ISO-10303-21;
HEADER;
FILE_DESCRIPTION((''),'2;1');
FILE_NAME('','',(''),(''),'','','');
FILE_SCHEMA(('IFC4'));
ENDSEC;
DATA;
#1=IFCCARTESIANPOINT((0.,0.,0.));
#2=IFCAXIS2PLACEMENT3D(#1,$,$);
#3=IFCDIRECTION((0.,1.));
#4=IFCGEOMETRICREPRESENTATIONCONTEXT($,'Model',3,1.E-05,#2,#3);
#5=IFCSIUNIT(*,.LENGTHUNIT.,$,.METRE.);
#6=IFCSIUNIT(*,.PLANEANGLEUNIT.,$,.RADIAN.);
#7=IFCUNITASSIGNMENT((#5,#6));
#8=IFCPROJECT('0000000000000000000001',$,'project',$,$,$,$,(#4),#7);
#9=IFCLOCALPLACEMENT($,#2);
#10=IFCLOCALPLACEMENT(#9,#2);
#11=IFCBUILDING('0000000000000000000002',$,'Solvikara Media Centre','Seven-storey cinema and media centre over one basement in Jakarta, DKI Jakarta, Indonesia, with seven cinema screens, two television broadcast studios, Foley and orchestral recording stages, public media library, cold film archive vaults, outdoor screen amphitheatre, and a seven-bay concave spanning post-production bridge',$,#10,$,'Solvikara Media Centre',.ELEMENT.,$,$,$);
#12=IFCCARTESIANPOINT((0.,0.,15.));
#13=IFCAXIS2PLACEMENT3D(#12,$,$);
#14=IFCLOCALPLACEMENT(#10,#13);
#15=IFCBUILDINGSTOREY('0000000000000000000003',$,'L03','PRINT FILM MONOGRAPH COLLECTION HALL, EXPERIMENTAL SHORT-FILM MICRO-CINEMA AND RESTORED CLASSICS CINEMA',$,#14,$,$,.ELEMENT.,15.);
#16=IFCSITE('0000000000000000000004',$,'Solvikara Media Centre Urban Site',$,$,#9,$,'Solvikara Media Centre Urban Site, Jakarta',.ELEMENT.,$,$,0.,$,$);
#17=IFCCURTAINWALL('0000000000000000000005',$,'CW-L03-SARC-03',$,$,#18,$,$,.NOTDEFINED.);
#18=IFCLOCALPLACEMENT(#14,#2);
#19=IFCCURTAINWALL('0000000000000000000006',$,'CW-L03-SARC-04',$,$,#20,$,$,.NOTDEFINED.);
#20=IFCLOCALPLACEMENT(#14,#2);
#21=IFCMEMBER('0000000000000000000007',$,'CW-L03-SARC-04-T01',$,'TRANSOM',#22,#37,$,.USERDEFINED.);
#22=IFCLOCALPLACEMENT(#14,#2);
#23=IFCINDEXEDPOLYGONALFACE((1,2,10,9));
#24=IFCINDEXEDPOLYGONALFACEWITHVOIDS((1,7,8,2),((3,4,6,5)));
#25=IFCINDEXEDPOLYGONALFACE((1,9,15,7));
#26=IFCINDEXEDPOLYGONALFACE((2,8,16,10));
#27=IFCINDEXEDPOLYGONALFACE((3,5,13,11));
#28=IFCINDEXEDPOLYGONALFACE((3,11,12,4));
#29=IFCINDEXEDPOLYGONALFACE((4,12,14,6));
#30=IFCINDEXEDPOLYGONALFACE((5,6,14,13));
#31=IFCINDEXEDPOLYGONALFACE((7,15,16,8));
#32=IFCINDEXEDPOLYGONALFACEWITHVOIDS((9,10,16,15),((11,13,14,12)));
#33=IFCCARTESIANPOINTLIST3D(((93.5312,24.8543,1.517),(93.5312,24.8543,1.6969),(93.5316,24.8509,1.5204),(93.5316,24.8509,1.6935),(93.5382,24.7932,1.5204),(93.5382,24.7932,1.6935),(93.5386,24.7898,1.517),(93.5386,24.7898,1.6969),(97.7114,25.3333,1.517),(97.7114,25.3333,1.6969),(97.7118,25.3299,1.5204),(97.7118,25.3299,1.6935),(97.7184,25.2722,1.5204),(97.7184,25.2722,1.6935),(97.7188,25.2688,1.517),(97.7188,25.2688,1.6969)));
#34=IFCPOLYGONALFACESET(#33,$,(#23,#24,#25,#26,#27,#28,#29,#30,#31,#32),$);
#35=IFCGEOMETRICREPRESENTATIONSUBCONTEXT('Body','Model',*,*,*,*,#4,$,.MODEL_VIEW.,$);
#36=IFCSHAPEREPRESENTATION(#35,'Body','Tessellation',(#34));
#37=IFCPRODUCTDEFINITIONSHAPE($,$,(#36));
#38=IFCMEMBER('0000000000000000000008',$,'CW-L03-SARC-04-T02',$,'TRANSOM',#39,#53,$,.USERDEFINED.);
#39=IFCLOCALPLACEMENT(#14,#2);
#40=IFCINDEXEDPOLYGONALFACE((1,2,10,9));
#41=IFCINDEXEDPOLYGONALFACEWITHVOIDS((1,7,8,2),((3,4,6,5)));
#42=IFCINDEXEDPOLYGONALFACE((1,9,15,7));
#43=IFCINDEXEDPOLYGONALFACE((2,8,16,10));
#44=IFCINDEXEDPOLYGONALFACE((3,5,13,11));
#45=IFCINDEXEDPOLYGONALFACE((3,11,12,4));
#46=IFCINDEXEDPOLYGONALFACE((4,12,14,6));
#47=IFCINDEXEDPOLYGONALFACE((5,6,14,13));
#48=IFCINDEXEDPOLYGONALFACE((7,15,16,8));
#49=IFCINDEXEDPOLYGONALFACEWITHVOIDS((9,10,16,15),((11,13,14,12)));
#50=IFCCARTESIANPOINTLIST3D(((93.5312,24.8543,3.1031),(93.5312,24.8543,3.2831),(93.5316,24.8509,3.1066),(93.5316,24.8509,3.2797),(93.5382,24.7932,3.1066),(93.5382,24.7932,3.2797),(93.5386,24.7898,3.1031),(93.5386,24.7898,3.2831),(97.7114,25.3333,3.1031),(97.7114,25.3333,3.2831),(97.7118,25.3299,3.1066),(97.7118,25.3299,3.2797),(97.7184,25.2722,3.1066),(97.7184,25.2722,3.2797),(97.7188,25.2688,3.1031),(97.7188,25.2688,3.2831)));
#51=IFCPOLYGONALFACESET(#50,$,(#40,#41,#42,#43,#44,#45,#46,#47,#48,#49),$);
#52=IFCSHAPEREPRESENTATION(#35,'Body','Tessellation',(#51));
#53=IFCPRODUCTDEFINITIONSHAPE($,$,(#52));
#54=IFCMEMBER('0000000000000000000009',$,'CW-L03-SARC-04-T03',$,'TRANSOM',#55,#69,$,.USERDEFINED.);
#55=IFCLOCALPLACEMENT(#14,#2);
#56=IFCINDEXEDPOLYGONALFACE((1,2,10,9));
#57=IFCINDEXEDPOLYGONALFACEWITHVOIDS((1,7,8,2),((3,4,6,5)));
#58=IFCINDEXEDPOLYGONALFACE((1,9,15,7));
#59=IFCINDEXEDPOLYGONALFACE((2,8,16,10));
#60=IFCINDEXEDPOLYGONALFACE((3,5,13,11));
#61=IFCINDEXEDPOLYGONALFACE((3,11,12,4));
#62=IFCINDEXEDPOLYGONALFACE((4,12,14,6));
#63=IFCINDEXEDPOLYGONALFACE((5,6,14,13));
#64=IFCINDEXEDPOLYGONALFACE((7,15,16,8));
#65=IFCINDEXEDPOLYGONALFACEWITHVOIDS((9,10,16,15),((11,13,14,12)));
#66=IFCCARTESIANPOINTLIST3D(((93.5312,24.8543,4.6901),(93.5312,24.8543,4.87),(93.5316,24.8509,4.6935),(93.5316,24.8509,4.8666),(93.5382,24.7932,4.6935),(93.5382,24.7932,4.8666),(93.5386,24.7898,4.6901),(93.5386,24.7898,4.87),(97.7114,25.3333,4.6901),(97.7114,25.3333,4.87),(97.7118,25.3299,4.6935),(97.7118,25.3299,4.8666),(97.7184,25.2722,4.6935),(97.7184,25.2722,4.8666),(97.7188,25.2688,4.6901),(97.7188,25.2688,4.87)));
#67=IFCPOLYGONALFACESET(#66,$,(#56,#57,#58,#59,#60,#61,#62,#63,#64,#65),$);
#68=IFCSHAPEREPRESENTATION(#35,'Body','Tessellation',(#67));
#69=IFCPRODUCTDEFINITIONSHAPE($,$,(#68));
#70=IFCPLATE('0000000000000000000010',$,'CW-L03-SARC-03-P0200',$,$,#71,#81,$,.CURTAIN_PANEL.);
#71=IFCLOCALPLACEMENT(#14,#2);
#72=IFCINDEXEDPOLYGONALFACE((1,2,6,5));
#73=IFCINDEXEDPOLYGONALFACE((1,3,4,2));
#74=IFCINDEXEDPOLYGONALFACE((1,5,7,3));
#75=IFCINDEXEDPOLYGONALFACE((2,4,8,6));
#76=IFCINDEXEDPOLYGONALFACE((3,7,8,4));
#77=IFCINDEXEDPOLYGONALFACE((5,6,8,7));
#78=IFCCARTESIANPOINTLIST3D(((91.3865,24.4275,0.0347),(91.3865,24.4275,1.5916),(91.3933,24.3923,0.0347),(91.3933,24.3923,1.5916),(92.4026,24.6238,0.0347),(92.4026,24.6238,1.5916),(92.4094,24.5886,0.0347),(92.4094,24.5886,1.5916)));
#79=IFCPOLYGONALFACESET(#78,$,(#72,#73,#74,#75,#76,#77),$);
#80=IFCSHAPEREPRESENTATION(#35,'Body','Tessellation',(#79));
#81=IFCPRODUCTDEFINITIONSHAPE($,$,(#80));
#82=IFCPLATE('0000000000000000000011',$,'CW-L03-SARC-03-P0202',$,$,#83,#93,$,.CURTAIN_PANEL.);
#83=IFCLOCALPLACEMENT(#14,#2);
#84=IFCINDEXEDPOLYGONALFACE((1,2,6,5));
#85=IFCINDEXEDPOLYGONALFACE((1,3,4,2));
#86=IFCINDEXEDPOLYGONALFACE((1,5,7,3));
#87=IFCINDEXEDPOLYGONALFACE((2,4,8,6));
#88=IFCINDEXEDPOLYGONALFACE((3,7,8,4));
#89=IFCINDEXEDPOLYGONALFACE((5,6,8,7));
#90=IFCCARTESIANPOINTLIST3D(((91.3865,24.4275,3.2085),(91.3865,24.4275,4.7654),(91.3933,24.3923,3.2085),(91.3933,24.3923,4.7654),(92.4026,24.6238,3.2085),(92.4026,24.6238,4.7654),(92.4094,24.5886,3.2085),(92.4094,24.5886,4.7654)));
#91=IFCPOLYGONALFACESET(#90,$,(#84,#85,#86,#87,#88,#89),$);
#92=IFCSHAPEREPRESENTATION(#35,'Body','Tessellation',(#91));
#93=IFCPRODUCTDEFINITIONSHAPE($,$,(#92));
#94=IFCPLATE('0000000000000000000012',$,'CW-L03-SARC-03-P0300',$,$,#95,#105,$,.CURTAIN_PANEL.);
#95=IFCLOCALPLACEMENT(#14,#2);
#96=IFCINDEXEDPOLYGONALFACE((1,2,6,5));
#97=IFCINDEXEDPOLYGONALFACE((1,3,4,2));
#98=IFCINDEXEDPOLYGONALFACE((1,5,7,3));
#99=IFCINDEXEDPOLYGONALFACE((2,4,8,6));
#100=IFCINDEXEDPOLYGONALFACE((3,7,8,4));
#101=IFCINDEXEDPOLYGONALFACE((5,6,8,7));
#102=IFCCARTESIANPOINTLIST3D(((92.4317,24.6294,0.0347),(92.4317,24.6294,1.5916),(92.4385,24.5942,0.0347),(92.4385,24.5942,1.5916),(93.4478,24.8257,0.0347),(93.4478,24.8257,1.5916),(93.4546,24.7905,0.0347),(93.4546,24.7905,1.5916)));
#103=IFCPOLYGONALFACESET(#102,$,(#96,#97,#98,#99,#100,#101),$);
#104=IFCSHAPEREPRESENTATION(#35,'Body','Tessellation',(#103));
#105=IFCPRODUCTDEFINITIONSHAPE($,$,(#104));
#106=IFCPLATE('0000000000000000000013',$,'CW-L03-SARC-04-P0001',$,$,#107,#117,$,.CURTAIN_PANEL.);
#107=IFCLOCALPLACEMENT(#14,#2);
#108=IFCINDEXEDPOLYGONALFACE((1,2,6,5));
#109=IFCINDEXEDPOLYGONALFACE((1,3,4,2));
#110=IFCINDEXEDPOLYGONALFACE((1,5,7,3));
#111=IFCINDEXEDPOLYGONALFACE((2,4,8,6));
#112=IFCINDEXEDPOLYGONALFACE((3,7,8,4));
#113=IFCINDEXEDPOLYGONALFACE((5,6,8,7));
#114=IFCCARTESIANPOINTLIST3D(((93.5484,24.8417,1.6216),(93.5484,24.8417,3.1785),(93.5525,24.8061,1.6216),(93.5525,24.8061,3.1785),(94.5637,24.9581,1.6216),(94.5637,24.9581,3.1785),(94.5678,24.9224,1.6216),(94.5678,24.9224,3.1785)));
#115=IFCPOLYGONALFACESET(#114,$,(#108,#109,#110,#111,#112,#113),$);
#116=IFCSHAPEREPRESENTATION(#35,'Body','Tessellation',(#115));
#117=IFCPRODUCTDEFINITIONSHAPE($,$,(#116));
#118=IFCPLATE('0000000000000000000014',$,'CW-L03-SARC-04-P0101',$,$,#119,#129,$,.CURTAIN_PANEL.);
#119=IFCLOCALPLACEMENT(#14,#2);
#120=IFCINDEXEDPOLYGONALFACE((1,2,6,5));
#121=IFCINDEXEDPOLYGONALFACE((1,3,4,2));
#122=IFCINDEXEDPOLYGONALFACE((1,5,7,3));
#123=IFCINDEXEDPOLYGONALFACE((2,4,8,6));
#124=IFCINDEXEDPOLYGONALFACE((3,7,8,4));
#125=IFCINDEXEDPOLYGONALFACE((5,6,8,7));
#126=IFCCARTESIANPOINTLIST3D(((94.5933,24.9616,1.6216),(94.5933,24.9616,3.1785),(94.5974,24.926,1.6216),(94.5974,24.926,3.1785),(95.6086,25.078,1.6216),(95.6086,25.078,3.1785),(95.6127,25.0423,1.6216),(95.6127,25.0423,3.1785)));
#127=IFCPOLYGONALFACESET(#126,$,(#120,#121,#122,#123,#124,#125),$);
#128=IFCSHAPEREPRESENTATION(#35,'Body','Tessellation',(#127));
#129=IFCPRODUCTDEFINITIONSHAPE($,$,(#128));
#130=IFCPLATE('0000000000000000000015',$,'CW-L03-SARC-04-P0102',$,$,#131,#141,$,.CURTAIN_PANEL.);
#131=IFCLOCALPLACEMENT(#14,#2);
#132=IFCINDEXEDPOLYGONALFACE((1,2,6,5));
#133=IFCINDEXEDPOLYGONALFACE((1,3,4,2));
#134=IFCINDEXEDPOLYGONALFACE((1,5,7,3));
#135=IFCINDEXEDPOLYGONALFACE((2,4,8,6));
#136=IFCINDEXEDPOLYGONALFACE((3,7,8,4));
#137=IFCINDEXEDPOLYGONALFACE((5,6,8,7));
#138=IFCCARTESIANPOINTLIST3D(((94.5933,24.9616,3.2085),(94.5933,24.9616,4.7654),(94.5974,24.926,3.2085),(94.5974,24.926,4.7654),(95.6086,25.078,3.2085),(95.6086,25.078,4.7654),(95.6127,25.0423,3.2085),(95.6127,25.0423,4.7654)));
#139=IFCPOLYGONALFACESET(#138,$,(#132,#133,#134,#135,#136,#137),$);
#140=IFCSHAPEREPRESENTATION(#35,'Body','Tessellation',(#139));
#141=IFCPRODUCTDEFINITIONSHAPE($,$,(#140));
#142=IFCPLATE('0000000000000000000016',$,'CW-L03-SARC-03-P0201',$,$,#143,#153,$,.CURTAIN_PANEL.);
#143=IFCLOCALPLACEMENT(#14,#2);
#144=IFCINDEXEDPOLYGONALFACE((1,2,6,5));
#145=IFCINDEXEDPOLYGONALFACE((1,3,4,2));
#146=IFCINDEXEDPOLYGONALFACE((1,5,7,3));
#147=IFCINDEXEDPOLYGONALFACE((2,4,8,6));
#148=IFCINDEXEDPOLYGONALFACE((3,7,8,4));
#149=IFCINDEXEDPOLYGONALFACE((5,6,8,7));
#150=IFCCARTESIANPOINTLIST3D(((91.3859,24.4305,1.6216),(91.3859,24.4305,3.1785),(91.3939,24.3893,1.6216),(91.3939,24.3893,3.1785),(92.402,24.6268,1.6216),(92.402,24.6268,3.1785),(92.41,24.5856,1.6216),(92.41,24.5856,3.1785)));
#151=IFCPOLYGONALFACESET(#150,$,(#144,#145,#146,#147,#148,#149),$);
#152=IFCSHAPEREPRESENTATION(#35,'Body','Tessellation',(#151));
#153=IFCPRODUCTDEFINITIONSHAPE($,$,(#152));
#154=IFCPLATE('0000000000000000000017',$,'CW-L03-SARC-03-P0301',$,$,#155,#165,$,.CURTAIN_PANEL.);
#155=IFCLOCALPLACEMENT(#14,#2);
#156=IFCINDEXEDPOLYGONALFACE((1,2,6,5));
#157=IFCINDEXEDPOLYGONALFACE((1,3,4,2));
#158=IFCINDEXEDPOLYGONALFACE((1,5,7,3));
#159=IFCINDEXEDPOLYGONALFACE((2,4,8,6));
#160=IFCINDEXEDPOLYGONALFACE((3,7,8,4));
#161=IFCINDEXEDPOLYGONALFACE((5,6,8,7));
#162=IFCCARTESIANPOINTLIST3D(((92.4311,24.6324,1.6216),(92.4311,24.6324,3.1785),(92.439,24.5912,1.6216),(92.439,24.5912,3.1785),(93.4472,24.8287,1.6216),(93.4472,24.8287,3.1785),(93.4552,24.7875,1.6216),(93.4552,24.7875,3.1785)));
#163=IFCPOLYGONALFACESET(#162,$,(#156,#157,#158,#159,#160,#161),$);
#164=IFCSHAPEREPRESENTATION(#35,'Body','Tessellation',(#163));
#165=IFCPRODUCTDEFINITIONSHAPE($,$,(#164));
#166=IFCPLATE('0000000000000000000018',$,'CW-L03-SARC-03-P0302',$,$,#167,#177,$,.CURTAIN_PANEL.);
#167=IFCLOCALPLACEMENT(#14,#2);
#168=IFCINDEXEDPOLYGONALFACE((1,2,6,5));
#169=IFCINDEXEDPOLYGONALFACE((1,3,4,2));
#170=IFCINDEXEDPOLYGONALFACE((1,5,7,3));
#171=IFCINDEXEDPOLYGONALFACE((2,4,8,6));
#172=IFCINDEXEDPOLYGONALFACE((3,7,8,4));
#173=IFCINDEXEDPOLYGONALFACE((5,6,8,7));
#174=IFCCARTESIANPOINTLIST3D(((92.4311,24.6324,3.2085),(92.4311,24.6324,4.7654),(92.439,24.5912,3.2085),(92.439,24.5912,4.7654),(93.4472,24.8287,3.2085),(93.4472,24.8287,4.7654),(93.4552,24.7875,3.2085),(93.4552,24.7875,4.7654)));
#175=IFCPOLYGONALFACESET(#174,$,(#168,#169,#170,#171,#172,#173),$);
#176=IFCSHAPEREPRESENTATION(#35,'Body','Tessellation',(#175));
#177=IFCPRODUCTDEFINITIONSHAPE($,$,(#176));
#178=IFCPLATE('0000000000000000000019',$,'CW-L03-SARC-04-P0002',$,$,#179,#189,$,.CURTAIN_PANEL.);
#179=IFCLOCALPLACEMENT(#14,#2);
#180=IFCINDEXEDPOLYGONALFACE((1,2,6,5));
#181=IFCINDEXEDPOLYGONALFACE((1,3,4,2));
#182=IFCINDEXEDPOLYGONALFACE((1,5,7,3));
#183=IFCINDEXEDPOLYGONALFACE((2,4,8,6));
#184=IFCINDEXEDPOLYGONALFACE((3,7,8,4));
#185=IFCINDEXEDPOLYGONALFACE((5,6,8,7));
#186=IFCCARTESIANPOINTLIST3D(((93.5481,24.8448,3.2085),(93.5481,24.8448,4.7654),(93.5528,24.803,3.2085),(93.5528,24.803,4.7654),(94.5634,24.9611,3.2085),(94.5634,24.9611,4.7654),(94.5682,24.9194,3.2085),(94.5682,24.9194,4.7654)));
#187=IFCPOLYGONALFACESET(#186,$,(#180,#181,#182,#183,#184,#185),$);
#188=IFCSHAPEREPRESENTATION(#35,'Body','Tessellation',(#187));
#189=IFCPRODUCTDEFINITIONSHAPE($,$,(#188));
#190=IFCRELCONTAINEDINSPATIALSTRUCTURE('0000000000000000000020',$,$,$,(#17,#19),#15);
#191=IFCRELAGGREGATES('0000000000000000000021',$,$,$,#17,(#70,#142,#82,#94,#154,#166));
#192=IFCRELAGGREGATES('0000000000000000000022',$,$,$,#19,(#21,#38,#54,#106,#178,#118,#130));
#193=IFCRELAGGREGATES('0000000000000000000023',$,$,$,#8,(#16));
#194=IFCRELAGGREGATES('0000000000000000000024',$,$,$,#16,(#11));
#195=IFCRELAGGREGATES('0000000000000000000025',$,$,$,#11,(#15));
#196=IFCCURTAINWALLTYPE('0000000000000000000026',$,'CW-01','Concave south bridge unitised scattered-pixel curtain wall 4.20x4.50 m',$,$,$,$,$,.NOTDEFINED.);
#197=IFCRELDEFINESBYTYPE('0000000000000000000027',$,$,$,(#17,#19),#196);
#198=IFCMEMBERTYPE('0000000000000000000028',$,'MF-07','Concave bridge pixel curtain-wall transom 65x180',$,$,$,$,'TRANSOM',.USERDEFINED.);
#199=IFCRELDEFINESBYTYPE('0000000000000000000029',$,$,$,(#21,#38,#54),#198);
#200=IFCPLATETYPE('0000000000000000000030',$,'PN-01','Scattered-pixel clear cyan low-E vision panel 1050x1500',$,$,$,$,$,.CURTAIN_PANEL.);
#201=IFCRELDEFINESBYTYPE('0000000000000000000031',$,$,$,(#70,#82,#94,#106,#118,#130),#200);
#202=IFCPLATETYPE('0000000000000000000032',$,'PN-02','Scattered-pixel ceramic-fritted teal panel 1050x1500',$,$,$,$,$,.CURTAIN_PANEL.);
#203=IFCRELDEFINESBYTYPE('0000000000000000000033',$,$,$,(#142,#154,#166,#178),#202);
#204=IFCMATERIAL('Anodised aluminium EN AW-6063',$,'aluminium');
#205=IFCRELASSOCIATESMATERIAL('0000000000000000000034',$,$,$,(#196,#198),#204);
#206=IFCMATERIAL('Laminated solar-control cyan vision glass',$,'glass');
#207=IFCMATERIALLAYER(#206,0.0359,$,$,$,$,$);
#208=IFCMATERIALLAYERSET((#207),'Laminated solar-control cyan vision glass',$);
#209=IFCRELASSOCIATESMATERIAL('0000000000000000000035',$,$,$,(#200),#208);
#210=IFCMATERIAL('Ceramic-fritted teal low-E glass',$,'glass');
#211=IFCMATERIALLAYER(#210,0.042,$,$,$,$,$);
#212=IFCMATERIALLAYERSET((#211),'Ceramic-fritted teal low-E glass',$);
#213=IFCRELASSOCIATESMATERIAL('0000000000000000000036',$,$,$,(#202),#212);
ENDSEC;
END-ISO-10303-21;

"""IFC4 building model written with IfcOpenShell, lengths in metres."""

from ifc_helpers import new_model, si_unit, direction, frame, origin, origin_2d, place, context, subcontext, project, spatial, rectangle, hollow_rectangle, extrude, material, layer, layer_set, material_profile, profile_set, type_object, element, aggregate, save


model = new_model("IFC4")

# Units and contexts
model_context = context("Model", 3, precision=1e-05, world=origin(), true_north=direction((0.0, 1.0)))
body_context = subcontext(model_context, "Body", "Model", "MODEL_VIEW")
ifc_project = project(units=[si_unit("LENGTHUNIT", "METRE"), si_unit("PLANEANGLEUNIT", "RADIAN")], contexts=[model_context])

# Site, building, storey
site_placement = place(None, origin())
site = spatial("IfcSite", under=ifc_project, at=site_placement, Name="Solvikara Media Centre Urban Site", LongName="Solvikara Media Centre Urban Site, Jakarta", CompositionType="ELEMENT", RefElevation=0.0)
building_placement = place(site_placement, origin())
building = spatial("IfcBuilding", under=site, at=building_placement, Name="Solvikara Media Centre", Description="Seven-storey cinema and media centre over one basement in Jakarta, DKI Jakarta, Indonesia, with seven cinema screens, two television broadcast studios, Foley and orchestral recording stages, public media library, cold film archive vaults, outdoor screen amphitheatre, and a seven-bay concave spanning post-production bridge", LongName="Solvikara Media Centre", CompositionType="ELEMENT")
storey_placement = place(building_placement, frame((0.0, 0.0, 15.0)))
storey = spatial("IfcBuildingStorey", under=building, at=storey_placement, Name="L03", Description="PRINT FILM MONOGRAPH COLLECTION HALL, EXPERIMENTAL SHORT-FILM MICRO-CINEMA AND RESTORED CLASSICS CINEMA", CompositionType="ELEMENT", Elevation=15.0)

# Curtain walls, members
ifc_material_1 = material(Name="Anodised aluminium EN AW-6063", Category="aluminium")
curtain_wall_type = type_object("IfcCurtainWallType", Name="CW-01", Description="Concave south bridge unitised scattered-pixel curtain wall 4.20x4.50 m", PredefinedType="NOTDEFINED", material=ifc_material_1)
curtain_wall_1_placement = place(storey_placement, origin())
curtain_wall_1 = element("IfcCurtainWall", 1, at=curtain_wall_1_placement, inside=storey, type_object=curtain_wall_type, Name="CW-L03-SARC-03", PredefinedType="NOTDEFINED")
curtain_wall_2_placement = place(storey_placement, origin())
curtain_wall_2 = element("IfcCurtainWall", 2, at=curtain_wall_2_placement, inside=storey, type_object=curtain_wall_type, Name="CW-L03-SARC-04", PredefinedType="NOTDEFINED")
ifc_material_profile_1 = material_profile(ifc_material_1, hollow_rectangle(XDim=0.0649, YDim=0.1799, WallThickness=0.0034, at=origin_2d()), Name="ALU-T 65x180x3.5")
ifc_profile_set_1 = profile_set([ifc_material_profile_1], Name="Anodised aluminium EN AW-6063")
member_type_1 = type_object("IfcMemberType", Name="MF-07", Description="Concave bridge pixel curtain-wall transom 65x180", ElementType="TRANSOM", PredefinedType="USERDEFINED", material=ifc_profile_set_1)
member_1_placement = place(storey_placement, frame((93.5349, 24.822, 1.6069), z_axis=(0.993499, 0.113844, 0.0), x_axis=(-0.113844, 0.993499, 0.0)))
member_1 = element("IfcMember", 3, at=member_1_placement, type_object=member_type_1, Name="CW-L03-SARC-04-T01", ObjectType="TRANSOM", PredefinedType="USERDEFINED", context=body_context, shape_type="SweptSolid", body=[
    extrude(hollow_rectangle(XDim=0.0649, YDim=0.1799, WallThickness=0.0034, at=origin_2d()), origin(), (0.0, 0.0, 1.0), 4.2075),
])
member_2_placement = place(storey_placement, frame((93.5349, 24.822, 3.1931), z_axis=(0.993499, 0.113844, 0.0), x_axis=(-0.113844, 0.993499, 0.0)))
member_2 = element("IfcMember", 4, at=member_2_placement, type_object=member_type_1, Name="CW-L03-SARC-04-T02", ObjectType="TRANSOM", PredefinedType="USERDEFINED", context=body_context, shape_type="SweptSolid", body=[
    extrude(hollow_rectangle(XDim=0.0649, YDim=0.1799, WallThickness=0.0034, at=origin_2d()), origin(), (0.0, 0.0, 1.0), 4.2075),
])
member_3_placement = place(storey_placement, frame((93.5349, 24.822, 4.78), z_axis=(0.993499, 0.113844, 0.0), x_axis=(-0.113844, 0.993499, 0.0)))
member_3 = element("IfcMember", 5, at=member_3_placement, type_object=member_type_1, Name="CW-L03-SARC-04-T03", ObjectType="TRANSOM", PredefinedType="USERDEFINED", context=body_context, shape_type="SweptSolid", body=[
    extrude(hollow_rectangle(XDim=0.0649, YDim=0.1799, WallThickness=0.0034, at=origin_2d()), origin(), (0.0, 0.0, 1.0), 4.2075),
])

# Plates
ifc_material_2 = material(Name="Laminated solar-control cyan vision glass", Category="glass")
ifc_layer_1 = layer(ifc_material_2, 0.0359)
ifc_layer_set_1 = layer_set([ifc_layer_1], Name="Laminated solar-control cyan vision glass")
plate_type_1 = type_object("IfcPlateType", Name="PN-01", Description="Scattered-pixel clear cyan low-E vision panel 1050x1500", PredefinedType="CURTAIN_PANEL", material=ifc_layer_set_1)
plate_1_placement = place(storey_placement, frame((91.8979, 24.5081, 0.0347), z_axis=(0.0, 0.0, 1.0), x_axis=(0.981843, 0.189695, 0.0)))
plate_1 = element("IfcPlate", 6, at=plate_1_placement, type_object=plate_type_1, Name="CW-L03-SARC-03-P0200", PredefinedType="CURTAIN_PANEL", context=body_context, shape_type="SweptSolid", body=[
    extrude(rectangle(XDim=1.0349, YDim=0.0359, at=origin_2d()), origin(), (0.0, 0.0, 1.0), 1.5569),
])
plate_2_placement = place(storey_placement, frame((91.8979, 24.5081, 3.2085), z_axis=(0.0, 0.0, 1.0), x_axis=(0.981843, 0.189695, 0.0)))
plate_2 = element("IfcPlate", 7, at=plate_2_placement, type_object=plate_type_1, Name="CW-L03-SARC-03-P0202", PredefinedType="CURTAIN_PANEL", context=body_context, shape_type="SweptSolid", body=[
    extrude(rectangle(XDim=1.0349, YDim=0.0359, at=origin_2d()), origin(), (0.0, 0.0, 1.0), 1.5569),
])
plate_3_placement = place(storey_placement, frame((92.9431, 24.71, 0.0347), z_axis=(0.0, 0.0, 1.0), x_axis=(0.981843, 0.189695, 0.0)))
plate_3 = element("IfcPlate", 8, at=plate_3_placement, type_object=plate_type_1, Name="CW-L03-SARC-03-P0300", PredefinedType="CURTAIN_PANEL", context=body_context, shape_type="SweptSolid", body=[
    extrude(rectangle(XDim=1.0349, YDim=0.0359, at=origin_2d()), origin(), (0.0, 0.0, 1.0), 1.5569),
])
plate_4_placement = place(storey_placement, frame((94.0581, 24.8821, 1.6216), z_axis=(0.0, 0.0, 1.0), x_axis=(0.993499, 0.113845, 0.0)))
plate_4 = element("IfcPlate", 9, at=plate_4_placement, type_object=plate_type_1, Name="CW-L03-SARC-04-P0001", PredefinedType="CURTAIN_PANEL", context=body_context, shape_type="SweptSolid", body=[
    extrude(rectangle(XDim=1.022, YDim=0.0359, at=origin_2d()), origin(), (0.0, 0.0, 1.0), 1.5569),
])
plate_5_placement = place(storey_placement, frame((95.103, 25.002, 1.6216), z_axis=(0.0, 0.0, 1.0), x_axis=(0.993499, 0.113845, 0.0)))
plate_5 = element("IfcPlate", 10, at=plate_5_placement, type_object=plate_type_1, Name="CW-L03-SARC-04-P0101", PredefinedType="CURTAIN_PANEL", context=body_context, shape_type="SweptSolid", body=[
    extrude(rectangle(XDim=1.022, YDim=0.0359, at=origin_2d()), origin(), (0.0, 0.0, 1.0), 1.5569),
])
plate_6_placement = place(storey_placement, frame((95.103, 25.002, 3.2085), z_axis=(0.0, 0.0, 1.0), x_axis=(0.993499, 0.113845, 0.0)))
plate_6 = element("IfcPlate", 11, at=plate_6_placement, type_object=plate_type_1, Name="CW-L03-SARC-04-P0102", PredefinedType="CURTAIN_PANEL", context=body_context, shape_type="SweptSolid", body=[
    extrude(rectangle(XDim=1.022, YDim=0.0359, at=origin_2d()), origin(), (0.0, 0.0, 1.0), 1.5569),
])
ifc_material_3 = material(Name="Ceramic-fritted teal low-E glass", Category="glass")
ifc_layer_2 = layer(ifc_material_3, 0.042)
ifc_layer_set_2 = layer_set([ifc_layer_2], Name="Ceramic-fritted teal low-E glass")
plate_type_2 = type_object("IfcPlateType", Name="PN-02", Description="Scattered-pixel ceramic-fritted teal panel 1050x1500", PredefinedType="CURTAIN_PANEL", material=ifc_layer_set_2)
plate_7_placement = place(storey_placement, frame((91.8979, 24.5081, 1.6216), z_axis=(0.0, 0.0, 1.0), x_axis=(0.981843, 0.189695, 0.0)))
plate_7 = element("IfcPlate", 12, at=plate_7_placement, type_object=plate_type_2, Name="CW-L03-SARC-03-P0201", PredefinedType="CURTAIN_PANEL", context=body_context, shape_type="SweptSolid", body=[
    extrude(rectangle(XDim=1.0349, YDim=0.042, at=origin_2d()), origin(), (0.0, 0.0, 1.0), 1.5569),
])
plate_8_placement = place(storey_placement, frame((92.9431, 24.71, 1.6216), z_axis=(0.0, 0.0, 1.0), x_axis=(0.981843, 0.189695, 0.0)))
plate_8 = element("IfcPlate", 13, at=plate_8_placement, type_object=plate_type_2, Name="CW-L03-SARC-03-P0301", PredefinedType="CURTAIN_PANEL", context=body_context, shape_type="SweptSolid", body=[
    extrude(rectangle(XDim=1.0349, YDim=0.042, at=origin_2d()), origin(), (0.0, 0.0, 1.0), 1.5569),
])
plate_9_placement = place(storey_placement, frame((92.9431, 24.71, 3.2085), z_axis=(0.0, 0.0, 1.0), x_axis=(0.981843, 0.189695, 0.0)))
plate_9 = element("IfcPlate", 14, at=plate_9_placement, type_object=plate_type_2, Name="CW-L03-SARC-03-P0302", PredefinedType="CURTAIN_PANEL", context=body_context, shape_type="SweptSolid", body=[
    extrude(rectangle(XDim=1.0349, YDim=0.042, at=origin_2d()), origin(), (0.0, 0.0, 1.0), 1.5569),
])
aggregate(curtain_wall_1, [plate_1, plate_7, plate_2, plate_3, plate_8, plate_9])
plate_10_placement = place(storey_placement, frame((94.0581, 24.8821, 3.2085), z_axis=(0.0, 0.0, 1.0), x_axis=(0.993499, 0.113845, 0.0)))
plate_10 = element("IfcPlate", 15, at=plate_10_placement, type_object=plate_type_2, Name="CW-L03-SARC-04-P0002", PredefinedType="CURTAIN_PANEL", context=body_context, shape_type="SweptSolid", body=[
    extrude(rectangle(XDim=1.022, YDim=0.042, at=origin_2d()), origin(), (0.0, 0.0, 1.0), 1.5569),
])
aggregate(curtain_wall_2, [member_1, member_2, member_3, plate_4, plate_10, plate_5, plate_6])

save(model, "model.ifc")
